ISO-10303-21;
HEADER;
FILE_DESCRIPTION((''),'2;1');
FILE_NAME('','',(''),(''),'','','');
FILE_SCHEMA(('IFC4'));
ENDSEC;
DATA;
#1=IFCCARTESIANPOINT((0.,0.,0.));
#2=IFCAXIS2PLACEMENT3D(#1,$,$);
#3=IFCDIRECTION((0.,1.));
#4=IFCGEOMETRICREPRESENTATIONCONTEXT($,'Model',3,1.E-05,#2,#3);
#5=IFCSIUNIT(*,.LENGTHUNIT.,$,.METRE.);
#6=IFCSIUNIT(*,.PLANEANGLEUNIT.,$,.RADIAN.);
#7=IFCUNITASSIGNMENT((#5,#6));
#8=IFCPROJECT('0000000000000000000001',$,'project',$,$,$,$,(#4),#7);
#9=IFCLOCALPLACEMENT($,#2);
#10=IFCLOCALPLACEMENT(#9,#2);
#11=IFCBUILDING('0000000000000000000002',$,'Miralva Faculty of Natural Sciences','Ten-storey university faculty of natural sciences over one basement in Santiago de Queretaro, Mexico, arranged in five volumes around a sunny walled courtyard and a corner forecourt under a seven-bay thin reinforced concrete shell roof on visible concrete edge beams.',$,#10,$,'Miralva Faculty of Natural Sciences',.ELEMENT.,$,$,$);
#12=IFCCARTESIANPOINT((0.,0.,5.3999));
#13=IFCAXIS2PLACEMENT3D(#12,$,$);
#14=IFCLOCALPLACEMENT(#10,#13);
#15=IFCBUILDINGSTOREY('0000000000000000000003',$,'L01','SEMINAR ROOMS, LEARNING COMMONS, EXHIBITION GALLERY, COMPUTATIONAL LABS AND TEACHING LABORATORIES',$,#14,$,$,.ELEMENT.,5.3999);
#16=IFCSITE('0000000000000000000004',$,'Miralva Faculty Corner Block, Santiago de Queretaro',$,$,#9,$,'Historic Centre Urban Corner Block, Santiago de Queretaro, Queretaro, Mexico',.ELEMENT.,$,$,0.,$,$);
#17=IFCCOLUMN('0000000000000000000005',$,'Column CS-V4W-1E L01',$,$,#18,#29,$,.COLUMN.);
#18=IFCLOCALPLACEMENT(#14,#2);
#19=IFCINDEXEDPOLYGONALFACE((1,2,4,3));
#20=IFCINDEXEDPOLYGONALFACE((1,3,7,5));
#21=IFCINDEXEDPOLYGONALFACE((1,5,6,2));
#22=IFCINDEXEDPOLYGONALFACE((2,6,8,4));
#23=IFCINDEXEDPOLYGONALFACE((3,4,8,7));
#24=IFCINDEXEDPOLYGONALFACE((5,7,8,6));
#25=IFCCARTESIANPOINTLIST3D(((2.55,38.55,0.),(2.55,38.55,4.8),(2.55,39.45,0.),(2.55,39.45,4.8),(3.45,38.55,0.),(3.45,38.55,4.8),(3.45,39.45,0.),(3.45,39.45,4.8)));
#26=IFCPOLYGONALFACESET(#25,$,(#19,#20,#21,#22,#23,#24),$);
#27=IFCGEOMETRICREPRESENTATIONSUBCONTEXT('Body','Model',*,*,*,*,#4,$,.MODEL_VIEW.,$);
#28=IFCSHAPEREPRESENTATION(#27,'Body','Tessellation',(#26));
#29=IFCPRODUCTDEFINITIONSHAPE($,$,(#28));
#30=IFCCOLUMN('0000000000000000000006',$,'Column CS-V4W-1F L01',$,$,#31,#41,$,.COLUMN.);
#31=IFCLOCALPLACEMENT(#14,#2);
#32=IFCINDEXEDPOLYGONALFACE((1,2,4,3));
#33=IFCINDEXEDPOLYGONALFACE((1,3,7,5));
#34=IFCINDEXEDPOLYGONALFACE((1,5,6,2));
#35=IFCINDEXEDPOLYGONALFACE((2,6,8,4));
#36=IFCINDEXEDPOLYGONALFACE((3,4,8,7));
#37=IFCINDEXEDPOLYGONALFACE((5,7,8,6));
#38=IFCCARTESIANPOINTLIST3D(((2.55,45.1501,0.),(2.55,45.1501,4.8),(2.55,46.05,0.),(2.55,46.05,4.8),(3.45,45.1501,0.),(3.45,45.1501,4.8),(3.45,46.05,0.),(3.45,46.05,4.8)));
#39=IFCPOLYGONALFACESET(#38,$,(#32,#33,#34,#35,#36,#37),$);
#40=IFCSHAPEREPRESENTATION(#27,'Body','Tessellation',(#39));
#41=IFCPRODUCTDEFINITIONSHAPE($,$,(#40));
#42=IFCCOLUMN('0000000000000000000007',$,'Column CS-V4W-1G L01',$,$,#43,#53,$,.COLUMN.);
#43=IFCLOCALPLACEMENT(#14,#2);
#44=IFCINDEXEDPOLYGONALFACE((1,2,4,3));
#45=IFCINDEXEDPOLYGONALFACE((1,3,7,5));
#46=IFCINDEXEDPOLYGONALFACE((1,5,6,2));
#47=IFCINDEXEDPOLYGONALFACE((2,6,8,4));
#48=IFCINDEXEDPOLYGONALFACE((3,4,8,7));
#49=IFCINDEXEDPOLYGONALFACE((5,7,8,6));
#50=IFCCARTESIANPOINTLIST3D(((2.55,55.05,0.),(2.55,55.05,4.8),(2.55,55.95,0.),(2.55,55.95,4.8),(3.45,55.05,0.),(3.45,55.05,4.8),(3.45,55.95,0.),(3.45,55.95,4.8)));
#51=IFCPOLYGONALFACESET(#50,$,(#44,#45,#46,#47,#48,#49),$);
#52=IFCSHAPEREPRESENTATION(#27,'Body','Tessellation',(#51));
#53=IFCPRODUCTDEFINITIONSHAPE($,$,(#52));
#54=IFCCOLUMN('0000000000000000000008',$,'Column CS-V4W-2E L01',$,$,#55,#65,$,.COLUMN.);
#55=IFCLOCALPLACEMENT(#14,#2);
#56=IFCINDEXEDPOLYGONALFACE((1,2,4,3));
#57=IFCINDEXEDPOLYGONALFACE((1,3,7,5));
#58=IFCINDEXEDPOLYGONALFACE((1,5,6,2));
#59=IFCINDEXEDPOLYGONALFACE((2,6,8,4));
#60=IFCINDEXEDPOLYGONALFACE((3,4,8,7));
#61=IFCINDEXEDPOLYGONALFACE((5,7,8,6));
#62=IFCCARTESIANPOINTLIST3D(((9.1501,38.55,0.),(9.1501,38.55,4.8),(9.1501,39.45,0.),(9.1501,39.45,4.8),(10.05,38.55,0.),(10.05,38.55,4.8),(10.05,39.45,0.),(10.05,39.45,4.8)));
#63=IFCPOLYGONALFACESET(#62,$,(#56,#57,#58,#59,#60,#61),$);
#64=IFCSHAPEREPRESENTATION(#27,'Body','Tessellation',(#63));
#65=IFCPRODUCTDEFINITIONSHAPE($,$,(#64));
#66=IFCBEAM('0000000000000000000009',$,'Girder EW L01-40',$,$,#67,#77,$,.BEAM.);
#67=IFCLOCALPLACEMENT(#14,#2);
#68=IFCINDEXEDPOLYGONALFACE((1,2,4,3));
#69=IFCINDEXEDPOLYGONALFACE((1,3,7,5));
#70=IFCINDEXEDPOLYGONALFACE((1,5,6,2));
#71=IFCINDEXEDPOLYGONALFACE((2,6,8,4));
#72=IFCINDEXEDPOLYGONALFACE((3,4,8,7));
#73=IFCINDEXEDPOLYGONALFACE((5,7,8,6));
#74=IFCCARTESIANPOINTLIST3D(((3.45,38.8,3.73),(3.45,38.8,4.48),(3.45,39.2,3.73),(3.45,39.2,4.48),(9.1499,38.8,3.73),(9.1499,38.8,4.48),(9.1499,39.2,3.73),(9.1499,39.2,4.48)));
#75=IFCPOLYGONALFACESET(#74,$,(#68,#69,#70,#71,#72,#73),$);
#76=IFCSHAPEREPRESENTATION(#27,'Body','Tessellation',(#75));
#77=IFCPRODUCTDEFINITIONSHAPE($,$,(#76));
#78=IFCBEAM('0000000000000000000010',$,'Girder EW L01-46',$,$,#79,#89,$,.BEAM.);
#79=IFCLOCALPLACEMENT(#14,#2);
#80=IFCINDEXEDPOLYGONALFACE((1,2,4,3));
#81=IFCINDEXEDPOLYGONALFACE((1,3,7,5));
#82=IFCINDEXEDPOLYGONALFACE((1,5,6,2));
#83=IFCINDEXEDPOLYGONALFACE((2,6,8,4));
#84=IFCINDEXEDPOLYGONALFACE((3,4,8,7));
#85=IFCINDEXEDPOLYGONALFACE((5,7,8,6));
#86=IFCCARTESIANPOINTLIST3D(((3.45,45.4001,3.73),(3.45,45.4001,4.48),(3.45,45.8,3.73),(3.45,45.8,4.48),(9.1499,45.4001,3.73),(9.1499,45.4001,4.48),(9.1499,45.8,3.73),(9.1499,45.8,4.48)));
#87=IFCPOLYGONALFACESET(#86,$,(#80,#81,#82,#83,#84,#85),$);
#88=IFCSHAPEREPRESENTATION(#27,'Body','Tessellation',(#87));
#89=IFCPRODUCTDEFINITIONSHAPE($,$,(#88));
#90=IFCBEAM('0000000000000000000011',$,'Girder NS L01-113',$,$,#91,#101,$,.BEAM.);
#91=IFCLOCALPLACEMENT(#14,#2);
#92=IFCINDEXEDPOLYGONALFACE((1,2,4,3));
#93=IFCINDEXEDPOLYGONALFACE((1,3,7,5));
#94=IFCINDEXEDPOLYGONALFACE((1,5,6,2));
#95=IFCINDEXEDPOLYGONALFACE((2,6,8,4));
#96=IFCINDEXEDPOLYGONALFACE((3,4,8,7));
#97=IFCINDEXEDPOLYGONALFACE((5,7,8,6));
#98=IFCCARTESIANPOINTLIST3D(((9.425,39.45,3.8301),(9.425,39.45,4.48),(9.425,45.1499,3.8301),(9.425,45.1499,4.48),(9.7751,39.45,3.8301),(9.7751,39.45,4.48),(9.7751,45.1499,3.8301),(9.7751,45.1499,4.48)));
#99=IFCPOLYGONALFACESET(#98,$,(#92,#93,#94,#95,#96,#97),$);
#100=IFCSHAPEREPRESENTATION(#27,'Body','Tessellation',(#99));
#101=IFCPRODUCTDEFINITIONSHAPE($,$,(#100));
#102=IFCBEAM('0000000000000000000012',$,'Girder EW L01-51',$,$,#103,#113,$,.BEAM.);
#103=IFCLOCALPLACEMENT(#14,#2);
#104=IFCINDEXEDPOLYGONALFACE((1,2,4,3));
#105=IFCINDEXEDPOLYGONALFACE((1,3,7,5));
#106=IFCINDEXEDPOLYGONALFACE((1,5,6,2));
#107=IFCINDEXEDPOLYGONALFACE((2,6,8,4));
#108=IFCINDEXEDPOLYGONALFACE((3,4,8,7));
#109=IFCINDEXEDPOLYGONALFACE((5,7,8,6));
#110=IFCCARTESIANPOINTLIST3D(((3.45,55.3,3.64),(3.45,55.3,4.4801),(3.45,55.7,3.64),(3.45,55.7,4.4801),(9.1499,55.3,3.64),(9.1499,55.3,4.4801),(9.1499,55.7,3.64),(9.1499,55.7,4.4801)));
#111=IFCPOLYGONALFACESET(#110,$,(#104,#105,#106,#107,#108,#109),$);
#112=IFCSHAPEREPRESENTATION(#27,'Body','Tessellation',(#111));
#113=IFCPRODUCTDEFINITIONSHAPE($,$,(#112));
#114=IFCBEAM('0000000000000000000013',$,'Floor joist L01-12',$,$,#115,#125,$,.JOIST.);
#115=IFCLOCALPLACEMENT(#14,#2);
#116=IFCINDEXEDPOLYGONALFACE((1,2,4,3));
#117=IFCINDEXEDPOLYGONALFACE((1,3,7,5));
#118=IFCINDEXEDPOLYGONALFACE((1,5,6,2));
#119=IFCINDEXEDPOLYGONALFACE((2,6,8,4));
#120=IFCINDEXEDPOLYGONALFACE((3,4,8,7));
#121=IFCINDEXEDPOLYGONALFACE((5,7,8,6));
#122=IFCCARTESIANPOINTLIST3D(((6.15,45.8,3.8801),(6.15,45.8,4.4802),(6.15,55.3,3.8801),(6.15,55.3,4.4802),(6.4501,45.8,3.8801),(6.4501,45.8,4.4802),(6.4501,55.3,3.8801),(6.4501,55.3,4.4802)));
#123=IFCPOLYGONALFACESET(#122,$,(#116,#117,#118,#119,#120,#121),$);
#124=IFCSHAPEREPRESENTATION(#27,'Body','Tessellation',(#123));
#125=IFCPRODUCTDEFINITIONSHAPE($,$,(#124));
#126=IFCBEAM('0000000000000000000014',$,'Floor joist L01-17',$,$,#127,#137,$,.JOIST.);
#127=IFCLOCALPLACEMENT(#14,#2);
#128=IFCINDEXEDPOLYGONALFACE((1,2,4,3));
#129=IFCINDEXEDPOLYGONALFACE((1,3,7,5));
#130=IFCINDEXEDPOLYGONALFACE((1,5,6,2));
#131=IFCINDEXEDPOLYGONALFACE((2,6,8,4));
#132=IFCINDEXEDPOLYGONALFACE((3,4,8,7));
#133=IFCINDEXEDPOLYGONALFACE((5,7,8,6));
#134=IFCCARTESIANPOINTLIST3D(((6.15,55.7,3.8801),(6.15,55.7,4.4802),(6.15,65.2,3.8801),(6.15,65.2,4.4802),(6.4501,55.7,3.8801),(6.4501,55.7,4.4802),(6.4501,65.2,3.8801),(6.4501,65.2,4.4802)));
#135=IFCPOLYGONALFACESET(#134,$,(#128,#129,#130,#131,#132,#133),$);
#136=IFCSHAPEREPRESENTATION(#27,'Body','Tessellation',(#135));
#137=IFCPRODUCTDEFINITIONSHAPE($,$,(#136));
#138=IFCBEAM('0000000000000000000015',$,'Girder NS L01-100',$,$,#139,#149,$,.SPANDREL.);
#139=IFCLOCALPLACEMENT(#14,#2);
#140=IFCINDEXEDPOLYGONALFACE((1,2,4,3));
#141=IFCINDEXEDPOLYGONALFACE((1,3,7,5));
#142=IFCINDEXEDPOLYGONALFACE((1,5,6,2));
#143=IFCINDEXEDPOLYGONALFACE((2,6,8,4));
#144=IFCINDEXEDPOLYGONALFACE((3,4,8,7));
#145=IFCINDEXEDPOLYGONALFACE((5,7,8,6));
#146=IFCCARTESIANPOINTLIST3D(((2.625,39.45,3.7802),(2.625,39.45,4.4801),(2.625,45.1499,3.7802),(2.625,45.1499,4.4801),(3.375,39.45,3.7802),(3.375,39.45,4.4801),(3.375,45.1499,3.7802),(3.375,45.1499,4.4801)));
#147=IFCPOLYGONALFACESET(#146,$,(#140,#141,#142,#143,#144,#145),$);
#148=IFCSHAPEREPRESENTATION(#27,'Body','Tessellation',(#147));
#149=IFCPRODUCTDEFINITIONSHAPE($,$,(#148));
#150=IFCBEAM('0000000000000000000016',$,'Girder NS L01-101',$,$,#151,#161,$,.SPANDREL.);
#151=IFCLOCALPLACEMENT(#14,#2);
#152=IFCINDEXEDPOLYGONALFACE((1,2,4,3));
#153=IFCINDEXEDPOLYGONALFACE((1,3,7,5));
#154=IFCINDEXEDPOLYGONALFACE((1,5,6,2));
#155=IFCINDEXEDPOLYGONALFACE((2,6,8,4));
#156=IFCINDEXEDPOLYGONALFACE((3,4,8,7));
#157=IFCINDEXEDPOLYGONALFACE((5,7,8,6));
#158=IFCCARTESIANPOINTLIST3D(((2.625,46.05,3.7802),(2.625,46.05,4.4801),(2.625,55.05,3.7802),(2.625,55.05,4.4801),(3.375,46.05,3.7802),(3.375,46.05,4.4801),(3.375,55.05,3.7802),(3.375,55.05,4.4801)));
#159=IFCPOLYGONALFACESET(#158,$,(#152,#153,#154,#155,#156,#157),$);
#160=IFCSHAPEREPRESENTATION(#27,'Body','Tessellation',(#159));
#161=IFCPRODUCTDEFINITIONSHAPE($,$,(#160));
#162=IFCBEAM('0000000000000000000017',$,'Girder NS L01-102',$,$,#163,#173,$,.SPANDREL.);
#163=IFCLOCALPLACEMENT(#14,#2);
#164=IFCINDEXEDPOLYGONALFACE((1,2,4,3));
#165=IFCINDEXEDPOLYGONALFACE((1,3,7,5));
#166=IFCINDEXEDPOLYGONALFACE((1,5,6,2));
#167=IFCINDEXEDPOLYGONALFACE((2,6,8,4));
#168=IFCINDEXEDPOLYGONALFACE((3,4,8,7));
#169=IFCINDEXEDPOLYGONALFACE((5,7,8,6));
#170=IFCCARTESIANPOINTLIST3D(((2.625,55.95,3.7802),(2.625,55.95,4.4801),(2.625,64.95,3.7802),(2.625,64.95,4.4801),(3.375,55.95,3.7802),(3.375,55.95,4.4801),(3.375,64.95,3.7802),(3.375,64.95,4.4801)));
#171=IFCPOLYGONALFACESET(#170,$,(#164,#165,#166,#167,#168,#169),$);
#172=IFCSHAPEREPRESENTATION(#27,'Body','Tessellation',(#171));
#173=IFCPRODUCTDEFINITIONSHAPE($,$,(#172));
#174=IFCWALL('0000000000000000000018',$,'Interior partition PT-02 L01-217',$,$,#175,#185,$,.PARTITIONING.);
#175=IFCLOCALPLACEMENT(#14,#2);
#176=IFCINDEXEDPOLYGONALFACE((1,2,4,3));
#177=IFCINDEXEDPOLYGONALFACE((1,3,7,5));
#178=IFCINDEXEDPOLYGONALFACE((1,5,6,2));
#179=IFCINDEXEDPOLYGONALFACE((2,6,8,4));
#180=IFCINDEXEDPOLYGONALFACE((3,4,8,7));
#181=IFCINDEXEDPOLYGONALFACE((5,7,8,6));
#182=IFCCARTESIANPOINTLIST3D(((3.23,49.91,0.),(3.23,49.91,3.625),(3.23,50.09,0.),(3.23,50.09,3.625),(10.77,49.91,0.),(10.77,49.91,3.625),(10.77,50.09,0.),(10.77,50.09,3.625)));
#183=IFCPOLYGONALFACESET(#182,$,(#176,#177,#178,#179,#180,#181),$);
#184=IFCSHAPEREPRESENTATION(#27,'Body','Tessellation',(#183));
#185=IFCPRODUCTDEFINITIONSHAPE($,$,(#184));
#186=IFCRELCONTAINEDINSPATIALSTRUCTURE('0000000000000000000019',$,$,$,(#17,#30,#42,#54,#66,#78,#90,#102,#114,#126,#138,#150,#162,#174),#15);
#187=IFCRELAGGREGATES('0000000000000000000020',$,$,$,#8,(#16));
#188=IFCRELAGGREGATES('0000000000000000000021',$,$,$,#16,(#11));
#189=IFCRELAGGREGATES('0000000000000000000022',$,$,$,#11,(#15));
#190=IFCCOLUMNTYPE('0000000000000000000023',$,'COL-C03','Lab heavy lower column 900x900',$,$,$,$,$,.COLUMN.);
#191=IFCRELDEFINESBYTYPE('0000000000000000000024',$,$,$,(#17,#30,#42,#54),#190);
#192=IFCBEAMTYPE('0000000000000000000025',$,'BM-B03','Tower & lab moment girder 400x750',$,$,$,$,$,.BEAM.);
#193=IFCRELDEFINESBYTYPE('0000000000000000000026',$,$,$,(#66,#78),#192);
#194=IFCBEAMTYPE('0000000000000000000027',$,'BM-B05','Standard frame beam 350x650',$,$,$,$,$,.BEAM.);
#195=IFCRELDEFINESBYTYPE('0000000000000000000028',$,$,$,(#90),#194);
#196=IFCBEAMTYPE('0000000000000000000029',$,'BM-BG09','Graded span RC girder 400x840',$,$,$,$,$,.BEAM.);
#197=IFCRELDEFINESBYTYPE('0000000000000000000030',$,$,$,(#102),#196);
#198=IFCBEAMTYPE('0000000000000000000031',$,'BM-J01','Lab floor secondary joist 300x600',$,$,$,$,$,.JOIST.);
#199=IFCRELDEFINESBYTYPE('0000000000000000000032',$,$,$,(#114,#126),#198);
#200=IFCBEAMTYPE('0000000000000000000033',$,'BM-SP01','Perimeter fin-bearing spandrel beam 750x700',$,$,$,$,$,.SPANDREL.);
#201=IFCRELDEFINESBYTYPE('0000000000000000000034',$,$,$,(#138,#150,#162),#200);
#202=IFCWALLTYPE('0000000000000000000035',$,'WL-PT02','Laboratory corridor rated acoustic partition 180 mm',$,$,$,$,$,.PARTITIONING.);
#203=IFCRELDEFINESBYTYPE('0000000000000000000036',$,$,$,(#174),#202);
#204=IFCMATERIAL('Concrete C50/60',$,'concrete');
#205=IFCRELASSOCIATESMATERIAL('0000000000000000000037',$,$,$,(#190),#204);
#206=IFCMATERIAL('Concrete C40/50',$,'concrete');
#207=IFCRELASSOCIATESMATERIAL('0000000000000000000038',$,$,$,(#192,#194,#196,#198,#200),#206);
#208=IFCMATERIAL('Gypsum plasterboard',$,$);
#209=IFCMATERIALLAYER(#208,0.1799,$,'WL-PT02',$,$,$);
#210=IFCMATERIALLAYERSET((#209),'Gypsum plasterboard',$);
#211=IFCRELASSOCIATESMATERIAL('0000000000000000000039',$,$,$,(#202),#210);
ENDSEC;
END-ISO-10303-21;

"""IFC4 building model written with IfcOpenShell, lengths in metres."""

from ifc_helpers import new_model, si_unit, direction, frame, frame_2d, origin, origin_2d, place, context, subcontext, project, spatial, rectangle, extrude, material, layer, layer_set, material_profile, profile_set, type_object, element, save


model = new_model("IFC4")

# Units and contexts
model_context = context("Model", 3, precision=1e-05, world=origin(), true_north=direction((0.0, 1.0)))
body_context = subcontext(model_context, "Body", "Model", "MODEL_VIEW")
ifc_project = project(units=[si_unit("LENGTHUNIT", "METRE"), si_unit("PLANEANGLEUNIT", "RADIAN")], contexts=[model_context])

# Site, building, storey
site_placement = place(None, origin())
site = spatial("IfcSite", under=ifc_project, at=site_placement, Name="Miralva Faculty Corner Block, Santiago de Queretaro", LongName="Historic Centre Urban Corner Block, Santiago de Queretaro, Queretaro, Mexico", CompositionType="ELEMENT", RefElevation=0.0)
building_placement = place(site_placement, origin())
building = spatial("IfcBuilding", under=site, at=building_placement, Name="Miralva Faculty of Natural Sciences", Description="Ten-storey university faculty of natural sciences over one basement in Santiago de Queretaro, Mexico, arranged in five volumes around a sunny walled courtyard and a corner forecourt under a seven-bay thin reinforced concrete shell roof on visible concrete edge beams.", LongName="Miralva Faculty of Natural Sciences", CompositionType="ELEMENT")
storey_placement = place(building_placement, frame((0.0, 0.0, 5.3999)))
storey = spatial("IfcBuildingStorey", under=building, at=storey_placement, Name="L01", Description="SEMINAR ROOMS, LEARNING COMMONS, EXHIBITION GALLERY, COMPUTATIONAL LABS AND TEACHING LABORATORIES", CompositionType="ELEMENT", Elevation=5.3999)

# Columns
ifc_material_1 = material(Name="Concrete C50/60", Category="concrete")
ifc_material_profile_1 = material_profile(ifc_material_1, rectangle(XDim=0.8999, YDim=0.8999, at=origin_2d()), Name="RC 900x900")
ifc_profile_set_1 = profile_set([ifc_material_profile_1], Name="Concrete C50/60")
column_type = type_object("IfcColumnType", Name="COL-C03", Description="Lab heavy lower column 900x900", PredefinedType="COLUMN", material=ifc_profile_set_1)
for number, where, z_axis, x_axis, name in (
    (1, (3.0, 39.0, 0.0), (0.0, 0.0, 1.0), (1.0, 0.0, 0.0), "Column CS-V4W-1E L01"),
    (2, (3.0, 45.6001, 0.0), (0.0, 0.0, 1.0), (1.0, 0.0, 0.0), "Column CS-V4W-1F L01"),
    (3, (3.0, 55.5, 0.0), (0.0, 0.0, 1.0), (1.0, 0.0, 0.0), "Column CS-V4W-1G L01"),
    (4, (9.6001, 39.0, 0.0), (0.0, 0.0, 1.0), (1.0, 0.0, 0.0), "Column CS-V4W-2E L01"),
):
    element("IfcColumn", number, at=place(storey_placement, frame(where, z_axis=z_axis, x_axis=x_axis)), inside=storey, type_object=column_type, Name=name, PredefinedType="COLUMN", context=body_context, shape_type="SweptSolid", body=[
        extrude(rectangle(XDim=0.8999, YDim=0.8999, at=origin_2d()), origin(), (0.0, 0.0, 1.0), 4.8),
    ])

# Beams
ifc_material_2 = material(Name="Concrete C40/50", Category="concrete")
ifc_material_profile_2 = material_profile(ifc_material_2, rectangle(XDim=0.3999, YDim=0.75, at=origin_2d()), Name="RC 400x750")
ifc_profile_set_2 = profile_set([ifc_material_profile_2], Name="Concrete C40/50")
beam_type_1 = type_object("IfcBeamType", Name="BM-B03", Description="Tower & lab moment girder 400x750", PredefinedType="BEAM", material=ifc_profile_set_2)
for number, where, z_axis, x_axis, name in (
    (5, (3.45, 39.0, 4.105), (1.0, 0.0, 0.0), (0.0, 1.0, 0.0), "Girder EW L01-40"),
    (6, (3.45, 45.6001, 4.105), (1.0, 0.0, 0.0), (0.0, 1.0, 0.0), "Girder EW L01-46"),
):
    element("IfcBeam", number, at=place(storey_placement, frame(where, z_axis=z_axis, x_axis=x_axis)), inside=storey, type_object=beam_type_1, Name=name, PredefinedType="BEAM", context=body_context, shape_type="SweptSolid", body=[
        extrude(rectangle(XDim=0.3999, YDim=0.75, at=origin_2d()), origin(), (0.0, 0.0, 1.0), 5.7),
    ])
ifc_material_profile_3 = material_profile(ifc_material_2, rectangle(XDim=0.3501, YDim=0.6499, at=origin_2d()), Name="RC 350x650")
ifc_profile_set_3 = profile_set([ifc_material_profile_3], Name="Concrete C40/50")
beam_type_2 = type_object("IfcBeamType", Name="BM-B05", Description="Standard frame beam 350x650", PredefinedType="BEAM", material=ifc_profile_set_3)
beam_1_placement = place(storey_placement, frame((9.6001, 39.45, 4.155), z_axis=(0.0, 1.0, 0.0), x_axis=(-1.0, 0.0, 0.0)))
element("IfcBeam", 7, at=beam_1_placement, inside=storey, type_object=beam_type_2, Name="Girder NS L01-113", PredefinedType="BEAM", context=body_context, shape_type="SweptSolid", body=[
    extrude(rectangle(XDim=0.3501, YDim=0.6499, at=origin_2d()), origin(), (0.0, 0.0, 1.0), 5.7),
])
ifc_material_profile_4 = material_profile(ifc_material_2, rectangle(XDim=0.3999, YDim=0.8401, at=origin_2d()), Name="RC 400x840")
ifc_profile_set_4 = profile_set([ifc_material_profile_4], Name="Concrete C40/50")
beam_type_3 = type_object("IfcBeamType", Name="BM-BG09", Description="Graded span RC girder 400x840", PredefinedType="BEAM", material=ifc_profile_set_4)
beam_2_placement = place(storey_placement, frame((3.45, 55.5, 4.0601), z_axis=(1.0, 0.0, 0.0), x_axis=(0.0, 1.0, 0.0)))
element("IfcBeam", 8, at=beam_2_placement, inside=storey, type_object=beam_type_3, Name="Girder EW L01-51", PredefinedType="BEAM", context=body_context, shape_type="SweptSolid", body=[
    extrude(rectangle(XDim=0.3999, YDim=0.8401, at=origin_2d()), origin(), (0.0, 0.0, 1.0), 5.7),
])
ifc_material_profile_5 = material_profile(ifc_material_2, rectangle(XDim=0.3, YDim=0.6001, at=origin_2d()), Name="RC 300x600")
ifc_profile_set_5 = profile_set([ifc_material_profile_5], Name="Concrete C40/50")
beam_type_4 = type_object("IfcBeamType", Name="BM-J01", Description="Lab floor secondary joist 300x600", PredefinedType="JOIST", material=ifc_profile_set_5)
for number, where, z_axis, x_axis, name in (
    (9, (6.3, 45.8, 4.1802), (0.0, 1.0, 0.0), (-1.0, 0.0, 0.0), "Floor joist L01-12"),
    (10, (6.3, 55.7, 4.1802), (0.0, 1.0, 0.0), (-1.0, 0.0, 0.0), "Floor joist L01-17"),
):
    element("IfcBeam", number, at=place(storey_placement, frame(where, z_axis=z_axis, x_axis=x_axis)), inside=storey, type_object=beam_type_4, Name=name, PredefinedType="JOIST", context=body_context, shape_type="SweptSolid", body=[
        extrude(rectangle(XDim=0.3, YDim=0.6001, at=origin_2d()), origin(), (0.0, 0.0, 1.0), 9.5),
    ])
ifc_material_profile_6 = material_profile(ifc_material_2, rectangle(XDim=0.75, YDim=0.7, at=origin_2d()), Name="RC 750x700")
ifc_profile_set_6 = profile_set([ifc_material_profile_6], Name="Concrete C40/50")
beam_type_5 = type_object("IfcBeamType", Name="BM-SP01", Description="Perimeter fin-bearing spandrel beam 750x700", PredefinedType="SPANDREL", material=ifc_profile_set_6)
beam_3_placement = place(storey_placement, frame((3.0, 39.45, 4.1301), z_axis=(0.0, 1.0, 0.0), x_axis=(-1.0, 0.0, 0.0)))
element("IfcBeam", 11, at=beam_3_placement, inside=storey, type_object=beam_type_5, Name="Girder NS L01-100", PredefinedType="SPANDREL", context=body_context, shape_type="SweptSolid", body=[
    extrude(rectangle(XDim=0.75, YDim=0.7, at=origin_2d()), origin(), (0.0, 0.0, 1.0), 5.7),
])
for number, where, z_axis, x_axis, name in (
    (12, (3.0, 46.05, 4.1301), (0.0, 1.0, 0.0), (-1.0, 0.0, 0.0), "Girder NS L01-101"),
    (13, (3.0, 55.95, 4.1301), (0.0, 1.0, 0.0), (-1.0, 0.0, 0.0), "Girder NS L01-102"),
):
    element("IfcBeam", number, at=place(storey_placement, frame(where, z_axis=z_axis, x_axis=x_axis)), inside=storey, type_object=beam_type_5, Name=name, PredefinedType="SPANDREL", context=body_context, shape_type="SweptSolid", body=[
        extrude(rectangle(XDim=0.75, YDim=0.7, at=origin_2d()), origin(), (0.0, 0.0, 1.0), 9.0),
    ])

# Wall
ifc_material_3 = material(Name="Gypsum plasterboard")
ifc_layer_1 = layer(ifc_material_3, 0.1799, Name="WL-PT02")
ifc_layer_set_1 = layer_set([ifc_layer_1], Name="Gypsum plasterboard")
wall_type_1 = type_object("IfcWallType", Name="WL-PT02", Description="Laboratory corridor rated acoustic partition 180 mm", PredefinedType="PARTITIONING", material=ifc_layer_set_1)
wall_1_placement = place(storey_placement, frame((3.23, 50.0, 0.0), z_axis=(0.0, 0.0, 1.0), x_axis=(1.0, 0.0, 0.0)))
element("IfcWall", 14, at=wall_1_placement, inside=storey, type_object=wall_type_1, Name="Interior partition PT-02 L01-217", PredefinedType="PARTITIONING", context=body_context, shape_type="SweptSolid", body=[
    extrude(rectangle(XDim=7.54, YDim=0.1799, at=frame_2d((3.77, 0.0))), origin(), (0.0, 0.0, 1.0), 3.625),
])

save(model, "model.ifc")
